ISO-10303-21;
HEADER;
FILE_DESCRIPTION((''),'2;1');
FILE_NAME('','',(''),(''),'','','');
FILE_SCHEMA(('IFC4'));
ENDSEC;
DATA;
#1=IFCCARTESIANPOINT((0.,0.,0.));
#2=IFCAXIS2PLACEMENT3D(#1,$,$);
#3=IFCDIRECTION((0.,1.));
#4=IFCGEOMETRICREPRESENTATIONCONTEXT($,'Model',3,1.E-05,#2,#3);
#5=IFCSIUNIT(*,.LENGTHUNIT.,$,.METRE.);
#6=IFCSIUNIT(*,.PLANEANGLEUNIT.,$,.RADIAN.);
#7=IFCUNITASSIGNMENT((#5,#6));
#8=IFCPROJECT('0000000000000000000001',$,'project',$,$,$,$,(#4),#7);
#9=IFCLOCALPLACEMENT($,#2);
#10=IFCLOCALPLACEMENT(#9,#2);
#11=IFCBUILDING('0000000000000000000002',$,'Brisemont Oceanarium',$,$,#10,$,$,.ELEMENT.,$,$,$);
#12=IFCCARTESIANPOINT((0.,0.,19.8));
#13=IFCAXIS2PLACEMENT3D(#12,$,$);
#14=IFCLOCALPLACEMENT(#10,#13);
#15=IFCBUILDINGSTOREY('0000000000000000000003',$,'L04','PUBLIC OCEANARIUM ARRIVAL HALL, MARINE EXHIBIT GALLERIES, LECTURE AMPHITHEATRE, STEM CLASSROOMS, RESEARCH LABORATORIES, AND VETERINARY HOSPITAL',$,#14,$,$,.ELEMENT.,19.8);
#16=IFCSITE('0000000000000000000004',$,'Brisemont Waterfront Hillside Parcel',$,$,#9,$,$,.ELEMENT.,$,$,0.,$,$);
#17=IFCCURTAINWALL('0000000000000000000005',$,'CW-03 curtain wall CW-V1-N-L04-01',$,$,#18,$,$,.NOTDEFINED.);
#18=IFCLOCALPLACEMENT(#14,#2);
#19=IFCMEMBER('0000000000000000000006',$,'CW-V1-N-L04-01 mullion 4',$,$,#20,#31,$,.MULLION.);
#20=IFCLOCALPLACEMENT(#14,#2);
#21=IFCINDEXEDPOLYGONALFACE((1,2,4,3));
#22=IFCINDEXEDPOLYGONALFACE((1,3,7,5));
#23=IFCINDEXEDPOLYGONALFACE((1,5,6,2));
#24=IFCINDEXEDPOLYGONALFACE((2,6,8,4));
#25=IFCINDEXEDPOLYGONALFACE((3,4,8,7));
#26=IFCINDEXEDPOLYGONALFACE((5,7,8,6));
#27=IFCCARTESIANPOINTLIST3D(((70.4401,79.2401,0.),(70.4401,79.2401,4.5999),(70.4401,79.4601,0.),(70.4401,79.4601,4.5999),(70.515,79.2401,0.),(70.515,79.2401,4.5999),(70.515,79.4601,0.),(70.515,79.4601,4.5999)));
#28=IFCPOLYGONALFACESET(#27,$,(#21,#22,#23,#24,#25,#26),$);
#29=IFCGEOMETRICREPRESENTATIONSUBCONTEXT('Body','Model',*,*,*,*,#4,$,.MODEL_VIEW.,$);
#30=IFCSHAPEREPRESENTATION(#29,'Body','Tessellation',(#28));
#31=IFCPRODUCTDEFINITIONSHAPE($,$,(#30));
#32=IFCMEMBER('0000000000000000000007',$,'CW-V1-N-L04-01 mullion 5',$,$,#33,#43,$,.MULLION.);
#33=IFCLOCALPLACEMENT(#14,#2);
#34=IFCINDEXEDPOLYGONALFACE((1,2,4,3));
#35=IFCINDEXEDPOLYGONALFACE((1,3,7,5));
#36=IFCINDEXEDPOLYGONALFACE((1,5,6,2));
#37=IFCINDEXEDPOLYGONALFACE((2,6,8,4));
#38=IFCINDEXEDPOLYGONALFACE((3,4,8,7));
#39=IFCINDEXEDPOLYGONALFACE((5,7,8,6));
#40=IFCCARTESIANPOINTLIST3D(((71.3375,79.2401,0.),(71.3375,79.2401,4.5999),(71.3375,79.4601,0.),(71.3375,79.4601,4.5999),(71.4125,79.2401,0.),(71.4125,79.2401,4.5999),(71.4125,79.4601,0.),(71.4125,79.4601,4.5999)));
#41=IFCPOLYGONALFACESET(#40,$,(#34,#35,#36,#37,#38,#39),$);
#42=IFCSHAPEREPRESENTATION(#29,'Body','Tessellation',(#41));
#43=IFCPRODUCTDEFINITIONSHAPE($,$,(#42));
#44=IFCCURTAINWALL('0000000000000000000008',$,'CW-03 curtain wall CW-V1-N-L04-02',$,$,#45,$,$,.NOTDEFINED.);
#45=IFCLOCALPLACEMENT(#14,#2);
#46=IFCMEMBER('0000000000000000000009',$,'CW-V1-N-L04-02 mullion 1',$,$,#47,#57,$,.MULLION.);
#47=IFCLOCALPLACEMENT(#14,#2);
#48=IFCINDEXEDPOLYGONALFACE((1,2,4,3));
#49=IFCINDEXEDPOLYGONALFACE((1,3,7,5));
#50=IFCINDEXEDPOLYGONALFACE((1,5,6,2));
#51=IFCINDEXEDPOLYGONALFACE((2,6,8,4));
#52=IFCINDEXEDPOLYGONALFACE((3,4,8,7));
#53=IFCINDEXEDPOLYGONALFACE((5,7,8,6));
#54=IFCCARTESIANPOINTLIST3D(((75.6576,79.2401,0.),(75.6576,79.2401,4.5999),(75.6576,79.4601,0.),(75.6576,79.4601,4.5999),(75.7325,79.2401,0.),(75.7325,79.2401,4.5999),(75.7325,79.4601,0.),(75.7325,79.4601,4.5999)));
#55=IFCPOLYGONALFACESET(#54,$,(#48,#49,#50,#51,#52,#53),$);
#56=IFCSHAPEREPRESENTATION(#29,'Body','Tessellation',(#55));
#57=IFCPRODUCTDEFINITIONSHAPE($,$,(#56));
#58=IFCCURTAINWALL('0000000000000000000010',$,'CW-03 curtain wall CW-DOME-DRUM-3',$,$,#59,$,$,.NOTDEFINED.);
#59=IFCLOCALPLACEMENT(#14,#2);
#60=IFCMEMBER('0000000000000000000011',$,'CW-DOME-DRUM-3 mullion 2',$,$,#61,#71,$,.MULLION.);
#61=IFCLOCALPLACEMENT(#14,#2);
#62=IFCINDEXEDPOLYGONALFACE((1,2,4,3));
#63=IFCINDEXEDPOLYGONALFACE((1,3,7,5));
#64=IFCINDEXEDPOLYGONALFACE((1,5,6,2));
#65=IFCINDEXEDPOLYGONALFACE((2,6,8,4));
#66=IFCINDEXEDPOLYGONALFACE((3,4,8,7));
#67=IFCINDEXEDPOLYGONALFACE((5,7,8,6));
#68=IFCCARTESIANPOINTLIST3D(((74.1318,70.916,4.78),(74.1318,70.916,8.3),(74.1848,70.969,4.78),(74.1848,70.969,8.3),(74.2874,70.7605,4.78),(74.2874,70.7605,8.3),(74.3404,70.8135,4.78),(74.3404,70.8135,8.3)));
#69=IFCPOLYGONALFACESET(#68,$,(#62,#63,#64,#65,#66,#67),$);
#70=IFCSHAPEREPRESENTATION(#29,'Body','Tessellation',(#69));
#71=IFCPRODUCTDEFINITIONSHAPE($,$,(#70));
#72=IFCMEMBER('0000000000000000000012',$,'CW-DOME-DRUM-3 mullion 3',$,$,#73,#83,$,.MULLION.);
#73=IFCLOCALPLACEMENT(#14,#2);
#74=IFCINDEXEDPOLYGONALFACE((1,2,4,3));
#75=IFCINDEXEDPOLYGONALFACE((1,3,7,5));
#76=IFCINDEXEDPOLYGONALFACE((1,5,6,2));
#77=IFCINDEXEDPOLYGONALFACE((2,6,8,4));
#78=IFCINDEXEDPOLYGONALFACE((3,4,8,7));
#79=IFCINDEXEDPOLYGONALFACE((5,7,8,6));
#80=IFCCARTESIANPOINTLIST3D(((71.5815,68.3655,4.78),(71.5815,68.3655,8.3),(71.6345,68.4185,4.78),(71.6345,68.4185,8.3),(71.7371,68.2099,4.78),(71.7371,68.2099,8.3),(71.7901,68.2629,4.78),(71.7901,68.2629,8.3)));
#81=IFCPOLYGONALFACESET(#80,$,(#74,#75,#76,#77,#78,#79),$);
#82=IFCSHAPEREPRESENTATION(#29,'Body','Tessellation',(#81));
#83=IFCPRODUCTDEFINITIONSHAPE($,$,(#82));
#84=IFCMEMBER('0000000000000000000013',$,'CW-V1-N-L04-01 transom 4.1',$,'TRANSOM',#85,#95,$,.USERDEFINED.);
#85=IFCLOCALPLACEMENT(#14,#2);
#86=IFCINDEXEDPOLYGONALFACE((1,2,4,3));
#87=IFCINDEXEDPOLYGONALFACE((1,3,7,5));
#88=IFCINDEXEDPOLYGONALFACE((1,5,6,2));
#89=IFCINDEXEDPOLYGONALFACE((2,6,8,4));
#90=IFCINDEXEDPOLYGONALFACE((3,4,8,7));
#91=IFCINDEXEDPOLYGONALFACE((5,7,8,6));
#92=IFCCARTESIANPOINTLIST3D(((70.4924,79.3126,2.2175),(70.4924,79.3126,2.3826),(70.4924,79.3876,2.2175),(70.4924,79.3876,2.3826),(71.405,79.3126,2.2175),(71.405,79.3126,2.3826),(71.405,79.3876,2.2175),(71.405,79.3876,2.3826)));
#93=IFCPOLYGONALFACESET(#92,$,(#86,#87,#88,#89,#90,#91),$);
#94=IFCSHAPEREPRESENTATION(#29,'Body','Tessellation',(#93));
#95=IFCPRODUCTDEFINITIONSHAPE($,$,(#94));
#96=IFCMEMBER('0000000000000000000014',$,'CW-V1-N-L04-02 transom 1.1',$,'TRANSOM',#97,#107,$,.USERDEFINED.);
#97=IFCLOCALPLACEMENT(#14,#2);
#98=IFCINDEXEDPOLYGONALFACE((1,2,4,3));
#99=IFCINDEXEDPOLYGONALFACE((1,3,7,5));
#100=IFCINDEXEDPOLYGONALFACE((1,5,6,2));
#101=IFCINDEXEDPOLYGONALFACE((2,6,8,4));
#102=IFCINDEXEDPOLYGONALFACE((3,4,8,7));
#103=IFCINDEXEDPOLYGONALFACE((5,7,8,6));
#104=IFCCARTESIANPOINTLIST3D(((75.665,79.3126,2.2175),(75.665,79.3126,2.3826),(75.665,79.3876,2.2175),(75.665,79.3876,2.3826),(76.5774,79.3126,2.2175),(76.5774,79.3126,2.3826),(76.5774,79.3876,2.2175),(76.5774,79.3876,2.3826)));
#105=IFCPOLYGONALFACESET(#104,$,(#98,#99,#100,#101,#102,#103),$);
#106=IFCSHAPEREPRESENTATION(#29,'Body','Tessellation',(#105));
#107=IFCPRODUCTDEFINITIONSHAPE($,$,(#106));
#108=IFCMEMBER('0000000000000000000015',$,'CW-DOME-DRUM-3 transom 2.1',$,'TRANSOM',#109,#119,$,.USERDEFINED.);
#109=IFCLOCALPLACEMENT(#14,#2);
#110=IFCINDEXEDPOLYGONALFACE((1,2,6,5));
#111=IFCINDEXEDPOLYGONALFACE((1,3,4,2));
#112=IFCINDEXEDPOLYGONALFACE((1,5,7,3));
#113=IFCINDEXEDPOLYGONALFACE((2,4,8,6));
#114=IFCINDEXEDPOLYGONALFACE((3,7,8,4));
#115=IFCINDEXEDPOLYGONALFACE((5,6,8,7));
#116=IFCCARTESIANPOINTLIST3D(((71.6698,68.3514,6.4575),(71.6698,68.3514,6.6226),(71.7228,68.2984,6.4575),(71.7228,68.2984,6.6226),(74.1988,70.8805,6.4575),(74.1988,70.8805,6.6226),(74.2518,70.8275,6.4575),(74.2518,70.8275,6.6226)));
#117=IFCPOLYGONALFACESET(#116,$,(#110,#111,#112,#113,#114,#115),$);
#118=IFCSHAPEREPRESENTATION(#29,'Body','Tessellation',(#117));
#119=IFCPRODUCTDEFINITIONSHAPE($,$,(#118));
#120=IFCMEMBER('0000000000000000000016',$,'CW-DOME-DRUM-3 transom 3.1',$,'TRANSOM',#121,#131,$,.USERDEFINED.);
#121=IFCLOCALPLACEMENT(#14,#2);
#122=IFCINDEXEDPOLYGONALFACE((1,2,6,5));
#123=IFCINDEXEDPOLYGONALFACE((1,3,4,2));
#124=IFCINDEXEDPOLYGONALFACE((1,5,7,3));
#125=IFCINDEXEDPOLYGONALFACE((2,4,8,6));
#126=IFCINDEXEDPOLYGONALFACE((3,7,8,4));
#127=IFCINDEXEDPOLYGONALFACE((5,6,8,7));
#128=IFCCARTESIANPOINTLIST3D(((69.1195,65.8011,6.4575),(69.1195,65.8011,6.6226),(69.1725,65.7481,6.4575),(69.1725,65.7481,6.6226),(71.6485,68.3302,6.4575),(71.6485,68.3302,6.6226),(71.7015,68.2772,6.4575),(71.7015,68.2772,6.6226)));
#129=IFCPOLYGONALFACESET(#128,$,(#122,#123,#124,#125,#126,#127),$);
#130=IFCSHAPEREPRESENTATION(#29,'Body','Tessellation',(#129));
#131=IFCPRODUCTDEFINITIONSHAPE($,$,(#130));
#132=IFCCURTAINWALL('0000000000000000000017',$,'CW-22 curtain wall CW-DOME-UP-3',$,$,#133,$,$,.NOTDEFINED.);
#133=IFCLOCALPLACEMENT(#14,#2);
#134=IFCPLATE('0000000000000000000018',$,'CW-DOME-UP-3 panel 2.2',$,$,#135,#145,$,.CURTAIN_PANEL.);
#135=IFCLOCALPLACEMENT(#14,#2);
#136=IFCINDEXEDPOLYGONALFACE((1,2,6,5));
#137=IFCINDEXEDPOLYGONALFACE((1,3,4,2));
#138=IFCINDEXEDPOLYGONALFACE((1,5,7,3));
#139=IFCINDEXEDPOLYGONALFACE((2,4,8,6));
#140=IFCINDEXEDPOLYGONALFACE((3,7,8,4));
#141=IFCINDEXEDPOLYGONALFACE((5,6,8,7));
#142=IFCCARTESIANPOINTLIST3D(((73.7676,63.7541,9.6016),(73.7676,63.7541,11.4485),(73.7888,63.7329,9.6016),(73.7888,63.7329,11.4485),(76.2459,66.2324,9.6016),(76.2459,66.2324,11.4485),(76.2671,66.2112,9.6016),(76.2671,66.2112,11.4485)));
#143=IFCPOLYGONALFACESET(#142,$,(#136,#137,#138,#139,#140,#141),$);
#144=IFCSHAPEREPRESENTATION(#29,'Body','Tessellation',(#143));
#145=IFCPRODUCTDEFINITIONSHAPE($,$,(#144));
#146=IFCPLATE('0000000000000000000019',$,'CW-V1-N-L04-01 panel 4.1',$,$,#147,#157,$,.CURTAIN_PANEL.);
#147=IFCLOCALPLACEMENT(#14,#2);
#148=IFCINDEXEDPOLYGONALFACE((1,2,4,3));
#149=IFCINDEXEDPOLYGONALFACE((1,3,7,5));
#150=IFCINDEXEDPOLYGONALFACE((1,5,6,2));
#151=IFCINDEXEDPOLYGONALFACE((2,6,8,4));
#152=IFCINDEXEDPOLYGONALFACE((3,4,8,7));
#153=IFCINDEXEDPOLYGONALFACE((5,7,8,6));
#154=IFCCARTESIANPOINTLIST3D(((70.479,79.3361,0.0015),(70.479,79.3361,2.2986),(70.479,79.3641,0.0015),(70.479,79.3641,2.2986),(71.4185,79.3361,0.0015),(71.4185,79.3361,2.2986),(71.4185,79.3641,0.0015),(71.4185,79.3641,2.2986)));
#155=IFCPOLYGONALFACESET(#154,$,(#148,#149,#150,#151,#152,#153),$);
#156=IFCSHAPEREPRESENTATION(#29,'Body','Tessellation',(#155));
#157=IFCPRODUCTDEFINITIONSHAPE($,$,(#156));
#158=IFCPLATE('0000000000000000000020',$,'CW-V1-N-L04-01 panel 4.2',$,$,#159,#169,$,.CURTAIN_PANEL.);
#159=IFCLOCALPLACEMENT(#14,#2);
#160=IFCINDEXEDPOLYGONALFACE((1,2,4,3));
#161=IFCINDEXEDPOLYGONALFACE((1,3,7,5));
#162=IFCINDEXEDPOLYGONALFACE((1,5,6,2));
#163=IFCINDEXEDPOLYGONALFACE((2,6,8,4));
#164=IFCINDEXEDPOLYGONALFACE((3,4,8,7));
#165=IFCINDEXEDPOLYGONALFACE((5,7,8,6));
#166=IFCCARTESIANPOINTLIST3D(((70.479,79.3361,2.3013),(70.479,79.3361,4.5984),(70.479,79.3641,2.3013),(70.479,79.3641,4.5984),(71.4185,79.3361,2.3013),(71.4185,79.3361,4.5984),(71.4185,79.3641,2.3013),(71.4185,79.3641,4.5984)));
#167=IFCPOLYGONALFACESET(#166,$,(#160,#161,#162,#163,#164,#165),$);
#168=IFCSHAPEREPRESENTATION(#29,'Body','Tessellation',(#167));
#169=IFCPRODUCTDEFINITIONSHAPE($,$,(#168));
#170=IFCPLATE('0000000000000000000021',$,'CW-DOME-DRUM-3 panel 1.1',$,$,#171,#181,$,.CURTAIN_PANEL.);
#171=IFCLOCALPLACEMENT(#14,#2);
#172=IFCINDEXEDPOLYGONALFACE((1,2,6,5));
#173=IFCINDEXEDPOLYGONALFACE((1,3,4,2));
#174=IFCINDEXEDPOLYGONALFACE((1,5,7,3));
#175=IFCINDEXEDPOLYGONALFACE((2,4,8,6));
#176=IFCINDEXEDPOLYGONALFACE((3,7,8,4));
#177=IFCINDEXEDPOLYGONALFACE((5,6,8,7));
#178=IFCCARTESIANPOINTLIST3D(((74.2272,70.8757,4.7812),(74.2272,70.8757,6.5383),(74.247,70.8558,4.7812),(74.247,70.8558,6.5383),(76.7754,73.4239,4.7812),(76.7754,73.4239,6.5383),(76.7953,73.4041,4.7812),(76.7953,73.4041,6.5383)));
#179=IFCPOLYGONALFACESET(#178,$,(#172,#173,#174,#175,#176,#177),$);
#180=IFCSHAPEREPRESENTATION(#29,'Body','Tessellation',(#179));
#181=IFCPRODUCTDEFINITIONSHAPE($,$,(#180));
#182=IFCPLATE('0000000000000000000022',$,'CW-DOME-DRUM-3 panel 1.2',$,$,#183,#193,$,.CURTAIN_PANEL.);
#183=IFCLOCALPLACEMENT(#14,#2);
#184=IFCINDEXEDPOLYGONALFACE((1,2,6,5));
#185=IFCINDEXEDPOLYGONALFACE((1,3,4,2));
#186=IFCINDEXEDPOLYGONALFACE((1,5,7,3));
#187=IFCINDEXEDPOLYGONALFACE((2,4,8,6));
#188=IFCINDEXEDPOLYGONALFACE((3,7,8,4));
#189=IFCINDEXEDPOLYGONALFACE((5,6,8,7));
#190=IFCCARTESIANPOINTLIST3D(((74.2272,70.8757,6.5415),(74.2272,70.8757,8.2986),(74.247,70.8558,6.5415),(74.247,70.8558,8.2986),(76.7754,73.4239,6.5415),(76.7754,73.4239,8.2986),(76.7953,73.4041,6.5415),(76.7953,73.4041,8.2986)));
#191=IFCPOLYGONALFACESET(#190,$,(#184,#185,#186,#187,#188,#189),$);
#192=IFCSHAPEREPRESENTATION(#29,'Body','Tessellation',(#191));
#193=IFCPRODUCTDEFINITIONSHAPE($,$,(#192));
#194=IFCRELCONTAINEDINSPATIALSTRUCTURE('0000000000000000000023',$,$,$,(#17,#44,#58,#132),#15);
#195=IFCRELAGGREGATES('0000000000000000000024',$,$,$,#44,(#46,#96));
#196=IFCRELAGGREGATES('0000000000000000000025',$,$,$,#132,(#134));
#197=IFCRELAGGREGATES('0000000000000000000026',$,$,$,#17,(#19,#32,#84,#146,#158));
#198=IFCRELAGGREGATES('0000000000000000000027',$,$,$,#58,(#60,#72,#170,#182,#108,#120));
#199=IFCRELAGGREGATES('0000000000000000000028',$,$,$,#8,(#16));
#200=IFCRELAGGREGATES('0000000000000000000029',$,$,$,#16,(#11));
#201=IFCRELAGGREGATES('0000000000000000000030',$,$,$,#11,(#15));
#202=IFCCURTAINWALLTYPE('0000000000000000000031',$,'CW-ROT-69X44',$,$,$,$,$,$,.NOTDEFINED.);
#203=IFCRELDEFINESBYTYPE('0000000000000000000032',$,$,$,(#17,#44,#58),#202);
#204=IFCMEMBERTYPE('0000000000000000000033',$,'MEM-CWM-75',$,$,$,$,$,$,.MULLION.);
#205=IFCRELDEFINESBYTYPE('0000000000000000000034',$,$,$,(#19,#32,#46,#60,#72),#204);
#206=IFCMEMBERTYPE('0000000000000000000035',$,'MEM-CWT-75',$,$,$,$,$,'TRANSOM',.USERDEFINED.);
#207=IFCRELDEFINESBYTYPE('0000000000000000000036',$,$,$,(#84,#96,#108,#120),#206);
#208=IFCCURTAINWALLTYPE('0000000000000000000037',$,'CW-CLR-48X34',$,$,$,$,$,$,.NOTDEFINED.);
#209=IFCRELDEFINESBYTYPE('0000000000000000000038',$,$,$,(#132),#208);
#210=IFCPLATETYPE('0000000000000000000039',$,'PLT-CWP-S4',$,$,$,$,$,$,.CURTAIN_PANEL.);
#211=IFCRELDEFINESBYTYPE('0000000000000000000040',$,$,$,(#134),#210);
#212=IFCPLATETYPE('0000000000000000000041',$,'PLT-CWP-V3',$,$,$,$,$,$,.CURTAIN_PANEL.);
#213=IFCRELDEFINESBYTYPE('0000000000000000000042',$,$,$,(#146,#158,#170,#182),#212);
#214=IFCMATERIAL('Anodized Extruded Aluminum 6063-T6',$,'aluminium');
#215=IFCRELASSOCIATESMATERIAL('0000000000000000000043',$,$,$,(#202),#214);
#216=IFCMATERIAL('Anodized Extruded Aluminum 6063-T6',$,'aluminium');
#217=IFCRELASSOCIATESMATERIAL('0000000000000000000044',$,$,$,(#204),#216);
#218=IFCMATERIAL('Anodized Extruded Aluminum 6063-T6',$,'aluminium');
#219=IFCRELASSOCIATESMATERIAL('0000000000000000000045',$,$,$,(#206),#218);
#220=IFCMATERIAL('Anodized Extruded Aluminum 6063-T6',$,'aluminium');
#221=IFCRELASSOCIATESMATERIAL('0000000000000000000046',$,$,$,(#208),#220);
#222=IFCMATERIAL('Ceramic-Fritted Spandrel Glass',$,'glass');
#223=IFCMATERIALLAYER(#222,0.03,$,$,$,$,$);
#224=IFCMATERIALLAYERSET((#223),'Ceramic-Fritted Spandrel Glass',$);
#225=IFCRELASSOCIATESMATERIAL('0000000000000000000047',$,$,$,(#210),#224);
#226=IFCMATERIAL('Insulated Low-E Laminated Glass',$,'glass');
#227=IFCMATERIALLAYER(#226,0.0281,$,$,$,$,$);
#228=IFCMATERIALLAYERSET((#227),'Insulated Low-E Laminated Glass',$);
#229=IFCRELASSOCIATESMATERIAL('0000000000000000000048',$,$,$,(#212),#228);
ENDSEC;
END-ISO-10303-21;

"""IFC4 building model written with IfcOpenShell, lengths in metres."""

from ifc_helpers import new_model, si_unit, direction, frame, origin, origin_2d, place, context, subcontext, project, spatial, rectangle, extrude, material, layer, layer_set, material_profile, profile_set, type_object, element, aggregate, save


model = new_model("IFC4")

# Units and contexts
model_context = context("Model", 3, precision=1e-05, world=origin(), true_north=direction((0.0, 1.0)))
body_context = subcontext(model_context, "Body", "Model", "MODEL_VIEW")
ifc_project = project(units=[si_unit("LENGTHUNIT", "METRE"), si_unit("PLANEANGLEUNIT", "RADIAN")], contexts=[model_context])

# Site, building, storey
site_placement = place(None, origin())
site = spatial("IfcSite", under=ifc_project, at=site_placement, Name="Brisemont Waterfront Hillside Parcel", CompositionType="ELEMENT", RefElevation=0.0)
building_placement = place(site_placement, origin())
building = spatial("IfcBuilding", under=site, at=building_placement, Name="Brisemont Oceanarium", CompositionType="ELEMENT")
storey_placement = place(building_placement, frame((0.0, 0.0, 19.8)))
storey = spatial("IfcBuildingStorey", under=building, at=storey_placement, Name="L04", Description="PUBLIC OCEANARIUM ARRIVAL HALL, MARINE EXHIBIT GALLERIES, LECTURE AMPHITHEATRE, STEM CLASSROOMS, RESEARCH LABORATORIES, AND VETERINARY HOSPITAL", CompositionType="ELEMENT", Elevation=19.8)

# Curtain wall, members
ifc_material_1 = material(Name="Anodized Extruded Aluminum 6063-T6", Category="aluminium")
curtain_wall_type_1 = type_object("IfcCurtainWallType", Name="CW-ROT-69X44", PredefinedType="NOTDEFINED", material=ifc_material_1)
curtain_wall_1_placement = place(storey_placement, origin())
curtain_wall_1 = element("IfcCurtainWall", 1, at=curtain_wall_1_placement, inside=storey, type_object=curtain_wall_type_1, Name="CW-03 curtain wall CW-V1-N-L04-01", PredefinedType="NOTDEFINED")
ifc_material_2 = material(Name="Anodized Extruded Aluminum 6063-T6", Category="aluminium")
ifc_material_profile_1 = material_profile(ifc_material_2, rectangle(XDim=0.075, YDim=0.22, at=origin_2d()), Name="CWM-75X220")
ifc_profile_set_1 = profile_set([ifc_material_profile_1], Name="Anodized Extruded Aluminum 6063-T6")
member_type_1 = type_object("IfcMemberType", Name="MEM-CWM-75", PredefinedType="MULLION", material=ifc_profile_set_1)
member_1_placement = place(storey_placement, frame((70.4775, 79.3501, 0.0), z_axis=(0.0, 0.0, 1.0), x_axis=(1.0, 0.0, 0.0)))
member_1 = element("IfcMember", 2, at=member_1_placement, type_object=member_type_1, Name="CW-V1-N-L04-01 mullion 4", PredefinedType="MULLION", context=body_context, shape_type="SweptSolid", body=[
    extrude(rectangle(XDim=0.075, YDim=0.22, at=origin_2d()), origin(), (0.0, 0.0, 1.0), 4.5999),
])
member_2_placement = place(storey_placement, frame((71.375, 79.3501, 0.0), z_axis=(0.0, 0.0, 1.0), x_axis=(1.0, 0.0, 0.0)))
member_2 = element("IfcMember", 3, at=member_2_placement, type_object=member_type_1, Name="CW-V1-N-L04-01 mullion 5", PredefinedType="MULLION", context=body_context, shape_type="SweptSolid", body=[
    extrude(rectangle(XDim=0.075, YDim=0.22, at=origin_2d()), origin(), (0.0, 0.0, 1.0), 4.5999),
])

# Curtain wall, member
curtain_wall_2_placement = place(storey_placement, origin())
curtain_wall_2 = element("IfcCurtainWall", 4, at=curtain_wall_2_placement, inside=storey, type_object=curtain_wall_type_1, Name="CW-03 curtain wall CW-V1-N-L04-02", PredefinedType="NOTDEFINED")
member_3_placement = place(storey_placement, frame((75.6951, 79.3501, 0.0), z_axis=(0.0, 0.0, 1.0), x_axis=(1.0, 0.0, 0.0)))
member_3 = element("IfcMember", 5, at=member_3_placement, type_object=member_type_1, Name="CW-V1-N-L04-02 mullion 1", PredefinedType="MULLION", context=body_context, shape_type="SweptSolid", body=[
    extrude(rectangle(XDim=0.075, YDim=0.22, at=origin_2d()), origin(), (0.0, 0.0, 1.0), 4.5999),
])

# Curtain wall, members
curtain_wall_3_placement = place(storey_placement, origin())
curtain_wall_3 = element("IfcCurtainWall", 6, at=curtain_wall_3_placement, inside=storey, type_object=curtain_wall_type_1, Name="CW-03 curtain wall CW-DOME-DRUM-3", PredefinedType="NOTDEFINED")
member_4_placement = place(storey_placement, frame((74.2361, 70.8647, 4.78), z_axis=(0.0, 0.0, 1.0), x_axis=(-0.707107, -0.707107, 0.0)))
member_4 = element("IfcMember", 7, at=member_4_placement, type_object=member_type_1, Name="CW-DOME-DRUM-3 mullion 2", PredefinedType="MULLION", context=body_context, shape_type="SweptSolid", body=[
    extrude(rectangle(XDim=0.075, YDim=0.22, at=origin_2d()), origin(), (0.0, 0.0, 1.0), 3.52),
])
member_5_placement = place(storey_placement, frame((71.6858, 68.3142, 4.78), z_axis=(0.0, 0.0, 1.0), x_axis=(-0.707107, -0.707107, 0.0)))
member_5 = element("IfcMember", 8, at=member_5_placement, type_object=member_type_1, Name="CW-DOME-DRUM-3 mullion 3", PredefinedType="MULLION", context=body_context, shape_type="SweptSolid", body=[
    extrude(rectangle(XDim=0.075, YDim=0.22, at=origin_2d()), origin(), (0.0, 0.0, 1.0), 3.52),
])

# Members
ifc_material_3 = material(Name="Anodized Extruded Aluminum 6063-T6", Category="aluminium")
ifc_material_profile_2 = material_profile(ifc_material_3, rectangle(XDim=0.075, YDim=0.165, at=origin_2d()), Name="CWT-75X165")
ifc_profile_set_2 = profile_set([ifc_material_profile_2], Name="Anodized Extruded Aluminum 6063-T6")
member_type_2 = type_object("IfcMemberType", Name="MEM-CWT-75", ElementType="TRANSOM", PredefinedType="USERDEFINED", material=ifc_profile_set_2)
member_6_placement = place(storey_placement, frame((70.4924, 79.3501, 2.3), z_axis=(1.0, 0.0, 0.0), x_axis=(0.0, 1.0, 0.0)))
member_6 = element("IfcMember", 9, at=member_6_placement, type_object=member_type_2, Name="CW-V1-N-L04-01 transom 4.1", ObjectType="TRANSOM", PredefinedType="USERDEFINED", context=body_context, shape_type="SweptSolid", body=[
    extrude(rectangle(XDim=0.075, YDim=0.165, at=origin_2d()), origin(), (0.0, 0.0, 1.0), 0.9126),
])
member_7_placement = place(storey_placement, frame((75.665, 79.3501, 2.3), z_axis=(1.0, 0.0, 0.0), x_axis=(0.0, 1.0, 0.0)))
member_7 = element("IfcMember", 10, at=member_7_placement, type_object=member_type_2, Name="CW-V1-N-L04-02 transom 1.1", ObjectType="TRANSOM", PredefinedType="USERDEFINED", context=body_context, shape_type="SweptSolid", body=[
    extrude(rectangle(XDim=0.075, YDim=0.165, at=origin_2d()), origin(), (0.0, 0.0, 1.0), 0.9124),
])
aggregate(curtain_wall_2, [member_3, member_7])
member_8_placement = place(storey_placement, frame((74.2253, 70.854, 6.54), z_axis=(-0.707107, -0.707107, 0.0), x_axis=(0.707107, -0.707107, 0.0)))
member_8 = element("IfcMember", 11, at=member_8_placement, type_object=member_type_2, Name="CW-DOME-DRUM-3 transom 2.1", ObjectType="TRANSOM", PredefinedType="USERDEFINED", context=body_context, shape_type="SweptSolid", body=[
    extrude(rectangle(XDim=0.075, YDim=0.165, at=origin_2d()), origin(), (0.0, 0.0, 1.0), 3.5767),
])
member_9_placement = place(storey_placement, frame((71.675, 68.3037, 6.54), z_axis=(-0.707107, -0.707107, 0.0), x_axis=(0.707107, -0.707107, 0.0)))
member_9 = element("IfcMember", 12, at=member_9_placement, type_object=member_type_2, Name="CW-DOME-DRUM-3 transom 3.1", ObjectType="TRANSOM", PredefinedType="USERDEFINED", context=body_context, shape_type="SweptSolid", body=[
    extrude(rectangle(XDim=0.075, YDim=0.165, at=origin_2d()), origin(), (0.0, 0.0, 1.0), 3.5767),
])

# Curtain wall, plate
ifc_material_4 = material(Name="Anodized Extruded Aluminum 6063-T6", Category="aluminium")
curtain_wall_type_2 = type_object("IfcCurtainWallType", Name="CW-CLR-48X34", PredefinedType="NOTDEFINED", material=ifc_material_4)
curtain_wall_4_placement = place(storey_placement, origin())
curtain_wall_4 = element("IfcCurtainWall", 13, at=curtain_wall_4_placement, inside=storey, type_object=curtain_wall_type_2, Name="CW-22 curtain wall CW-DOME-UP-3", PredefinedType="NOTDEFINED")
ifc_material_5 = material(Name="Ceramic-Fritted Spandrel Glass", Category="glass")
ifc_layer_1 = layer(ifc_material_5, 0.03)
ifc_layer_set_1 = layer_set([ifc_layer_1], Name="Ceramic-Fritted Spandrel Glass")
plate_type_1 = type_object("IfcPlateType", Name="PLT-CWP-S4", PredefinedType="CURTAIN_PANEL", material=ifc_layer_set_1)
plate_1_placement = place(storey_placement, frame((75.0173, 64.9827, 9.6016), z_axis=(0.0, 0.0, 1.0), x_axis=(-0.707107, -0.707107, 0.0)))
plate_1 = element("IfcPlate", 14, at=plate_1_placement, type_object=plate_type_1, Name="CW-DOME-UP-3 panel 2.2", PredefinedType="CURTAIN_PANEL", context=body_context, shape_type="SweptSolid", body=[
    extrude(rectangle(XDim=3.5049, YDim=0.03, at=origin_2d()), origin(), (0.0, 0.0, 1.0), 1.8469),
])
aggregate(curtain_wall_4, [plate_1])

# Plates
ifc_material_6 = material(Name="Insulated Low-E Laminated Glass", Category="glass")
ifc_layer_2 = layer(ifc_material_6, 0.0281)
ifc_layer_set_2 = layer_set([ifc_layer_2], Name="Insulated Low-E Laminated Glass")
plate_type_2 = type_object("IfcPlateType", Name="PLT-CWP-V3", PredefinedType="CURTAIN_PANEL", material=ifc_layer_set_2)
plate_2_placement = place(storey_placement, frame((70.9487, 79.3501, 0.0015), z_axis=(0.0, 0.0, 1.0), x_axis=(1.0, 0.0, 0.0)))
plate_2 = element("IfcPlate", 15, at=plate_2_placement, type_object=plate_type_2, Name="CW-V1-N-L04-01 panel 4.1", PredefinedType="CURTAIN_PANEL", context=body_context, shape_type="SweptSolid", body=[
    extrude(rectangle(XDim=0.9395, YDim=0.0281, at=origin_2d()), origin(), (0.0, 0.0, 1.0), 2.2971),
])
plate_3_placement = place(storey_placement, frame((70.9487, 79.3501, 2.3013), z_axis=(0.0, 0.0, 1.0), x_axis=(1.0, 0.0, 0.0)))
plate_3 = element("IfcPlate", 16, at=plate_3_placement, type_object=plate_type_2, Name="CW-V1-N-L04-01 panel 4.2", PredefinedType="CURTAIN_PANEL", context=body_context, shape_type="SweptSolid", body=[
    extrude(rectangle(XDim=0.9395, YDim=0.0281, at=origin_2d()), origin(), (0.0, 0.0, 1.0), 2.2971),
])
aggregate(curtain_wall_1, [member_1, member_2, member_6, plate_2, plate_3])
plate_4_placement = place(storey_placement, frame((75.5112, 72.1399, 4.7812), z_axis=(0.0, 0.0, 1.0), x_axis=(-0.707107, -0.707107, 0.0)))
plate_4 = element("IfcPlate", 17, at=plate_4_placement, type_object=plate_type_2, Name="CW-DOME-DRUM-3 panel 1.1", PredefinedType="CURTAIN_PANEL", context=body_context, shape_type="SweptSolid", body=[
    extrude(rectangle(XDim=3.6038, YDim=0.0281, at=origin_2d()), origin(), (0.0, 0.0, 1.0), 1.7571),
])
plate_5_placement = place(storey_placement, frame((75.5112, 72.1399, 6.5415), z_axis=(0.0, 0.0, 1.0), x_axis=(-0.707107, -0.707107, 0.0)))
plate_5 = element("IfcPlate", 18, at=plate_5_placement, type_object=plate_type_2, Name="CW-DOME-DRUM-3 panel 1.2", PredefinedType="CURTAIN_PANEL", context=body_context, shape_type="SweptSolid", body=[
    extrude(rectangle(XDim=3.6038, YDim=0.0281, at=origin_2d()), origin(), (0.0, 0.0, 1.0), 1.7571),
])
aggregate(curtain_wall_3, [member_4, member_5, plate_4, plate_5, member_8, member_9])

save(model, "model.ifc")
